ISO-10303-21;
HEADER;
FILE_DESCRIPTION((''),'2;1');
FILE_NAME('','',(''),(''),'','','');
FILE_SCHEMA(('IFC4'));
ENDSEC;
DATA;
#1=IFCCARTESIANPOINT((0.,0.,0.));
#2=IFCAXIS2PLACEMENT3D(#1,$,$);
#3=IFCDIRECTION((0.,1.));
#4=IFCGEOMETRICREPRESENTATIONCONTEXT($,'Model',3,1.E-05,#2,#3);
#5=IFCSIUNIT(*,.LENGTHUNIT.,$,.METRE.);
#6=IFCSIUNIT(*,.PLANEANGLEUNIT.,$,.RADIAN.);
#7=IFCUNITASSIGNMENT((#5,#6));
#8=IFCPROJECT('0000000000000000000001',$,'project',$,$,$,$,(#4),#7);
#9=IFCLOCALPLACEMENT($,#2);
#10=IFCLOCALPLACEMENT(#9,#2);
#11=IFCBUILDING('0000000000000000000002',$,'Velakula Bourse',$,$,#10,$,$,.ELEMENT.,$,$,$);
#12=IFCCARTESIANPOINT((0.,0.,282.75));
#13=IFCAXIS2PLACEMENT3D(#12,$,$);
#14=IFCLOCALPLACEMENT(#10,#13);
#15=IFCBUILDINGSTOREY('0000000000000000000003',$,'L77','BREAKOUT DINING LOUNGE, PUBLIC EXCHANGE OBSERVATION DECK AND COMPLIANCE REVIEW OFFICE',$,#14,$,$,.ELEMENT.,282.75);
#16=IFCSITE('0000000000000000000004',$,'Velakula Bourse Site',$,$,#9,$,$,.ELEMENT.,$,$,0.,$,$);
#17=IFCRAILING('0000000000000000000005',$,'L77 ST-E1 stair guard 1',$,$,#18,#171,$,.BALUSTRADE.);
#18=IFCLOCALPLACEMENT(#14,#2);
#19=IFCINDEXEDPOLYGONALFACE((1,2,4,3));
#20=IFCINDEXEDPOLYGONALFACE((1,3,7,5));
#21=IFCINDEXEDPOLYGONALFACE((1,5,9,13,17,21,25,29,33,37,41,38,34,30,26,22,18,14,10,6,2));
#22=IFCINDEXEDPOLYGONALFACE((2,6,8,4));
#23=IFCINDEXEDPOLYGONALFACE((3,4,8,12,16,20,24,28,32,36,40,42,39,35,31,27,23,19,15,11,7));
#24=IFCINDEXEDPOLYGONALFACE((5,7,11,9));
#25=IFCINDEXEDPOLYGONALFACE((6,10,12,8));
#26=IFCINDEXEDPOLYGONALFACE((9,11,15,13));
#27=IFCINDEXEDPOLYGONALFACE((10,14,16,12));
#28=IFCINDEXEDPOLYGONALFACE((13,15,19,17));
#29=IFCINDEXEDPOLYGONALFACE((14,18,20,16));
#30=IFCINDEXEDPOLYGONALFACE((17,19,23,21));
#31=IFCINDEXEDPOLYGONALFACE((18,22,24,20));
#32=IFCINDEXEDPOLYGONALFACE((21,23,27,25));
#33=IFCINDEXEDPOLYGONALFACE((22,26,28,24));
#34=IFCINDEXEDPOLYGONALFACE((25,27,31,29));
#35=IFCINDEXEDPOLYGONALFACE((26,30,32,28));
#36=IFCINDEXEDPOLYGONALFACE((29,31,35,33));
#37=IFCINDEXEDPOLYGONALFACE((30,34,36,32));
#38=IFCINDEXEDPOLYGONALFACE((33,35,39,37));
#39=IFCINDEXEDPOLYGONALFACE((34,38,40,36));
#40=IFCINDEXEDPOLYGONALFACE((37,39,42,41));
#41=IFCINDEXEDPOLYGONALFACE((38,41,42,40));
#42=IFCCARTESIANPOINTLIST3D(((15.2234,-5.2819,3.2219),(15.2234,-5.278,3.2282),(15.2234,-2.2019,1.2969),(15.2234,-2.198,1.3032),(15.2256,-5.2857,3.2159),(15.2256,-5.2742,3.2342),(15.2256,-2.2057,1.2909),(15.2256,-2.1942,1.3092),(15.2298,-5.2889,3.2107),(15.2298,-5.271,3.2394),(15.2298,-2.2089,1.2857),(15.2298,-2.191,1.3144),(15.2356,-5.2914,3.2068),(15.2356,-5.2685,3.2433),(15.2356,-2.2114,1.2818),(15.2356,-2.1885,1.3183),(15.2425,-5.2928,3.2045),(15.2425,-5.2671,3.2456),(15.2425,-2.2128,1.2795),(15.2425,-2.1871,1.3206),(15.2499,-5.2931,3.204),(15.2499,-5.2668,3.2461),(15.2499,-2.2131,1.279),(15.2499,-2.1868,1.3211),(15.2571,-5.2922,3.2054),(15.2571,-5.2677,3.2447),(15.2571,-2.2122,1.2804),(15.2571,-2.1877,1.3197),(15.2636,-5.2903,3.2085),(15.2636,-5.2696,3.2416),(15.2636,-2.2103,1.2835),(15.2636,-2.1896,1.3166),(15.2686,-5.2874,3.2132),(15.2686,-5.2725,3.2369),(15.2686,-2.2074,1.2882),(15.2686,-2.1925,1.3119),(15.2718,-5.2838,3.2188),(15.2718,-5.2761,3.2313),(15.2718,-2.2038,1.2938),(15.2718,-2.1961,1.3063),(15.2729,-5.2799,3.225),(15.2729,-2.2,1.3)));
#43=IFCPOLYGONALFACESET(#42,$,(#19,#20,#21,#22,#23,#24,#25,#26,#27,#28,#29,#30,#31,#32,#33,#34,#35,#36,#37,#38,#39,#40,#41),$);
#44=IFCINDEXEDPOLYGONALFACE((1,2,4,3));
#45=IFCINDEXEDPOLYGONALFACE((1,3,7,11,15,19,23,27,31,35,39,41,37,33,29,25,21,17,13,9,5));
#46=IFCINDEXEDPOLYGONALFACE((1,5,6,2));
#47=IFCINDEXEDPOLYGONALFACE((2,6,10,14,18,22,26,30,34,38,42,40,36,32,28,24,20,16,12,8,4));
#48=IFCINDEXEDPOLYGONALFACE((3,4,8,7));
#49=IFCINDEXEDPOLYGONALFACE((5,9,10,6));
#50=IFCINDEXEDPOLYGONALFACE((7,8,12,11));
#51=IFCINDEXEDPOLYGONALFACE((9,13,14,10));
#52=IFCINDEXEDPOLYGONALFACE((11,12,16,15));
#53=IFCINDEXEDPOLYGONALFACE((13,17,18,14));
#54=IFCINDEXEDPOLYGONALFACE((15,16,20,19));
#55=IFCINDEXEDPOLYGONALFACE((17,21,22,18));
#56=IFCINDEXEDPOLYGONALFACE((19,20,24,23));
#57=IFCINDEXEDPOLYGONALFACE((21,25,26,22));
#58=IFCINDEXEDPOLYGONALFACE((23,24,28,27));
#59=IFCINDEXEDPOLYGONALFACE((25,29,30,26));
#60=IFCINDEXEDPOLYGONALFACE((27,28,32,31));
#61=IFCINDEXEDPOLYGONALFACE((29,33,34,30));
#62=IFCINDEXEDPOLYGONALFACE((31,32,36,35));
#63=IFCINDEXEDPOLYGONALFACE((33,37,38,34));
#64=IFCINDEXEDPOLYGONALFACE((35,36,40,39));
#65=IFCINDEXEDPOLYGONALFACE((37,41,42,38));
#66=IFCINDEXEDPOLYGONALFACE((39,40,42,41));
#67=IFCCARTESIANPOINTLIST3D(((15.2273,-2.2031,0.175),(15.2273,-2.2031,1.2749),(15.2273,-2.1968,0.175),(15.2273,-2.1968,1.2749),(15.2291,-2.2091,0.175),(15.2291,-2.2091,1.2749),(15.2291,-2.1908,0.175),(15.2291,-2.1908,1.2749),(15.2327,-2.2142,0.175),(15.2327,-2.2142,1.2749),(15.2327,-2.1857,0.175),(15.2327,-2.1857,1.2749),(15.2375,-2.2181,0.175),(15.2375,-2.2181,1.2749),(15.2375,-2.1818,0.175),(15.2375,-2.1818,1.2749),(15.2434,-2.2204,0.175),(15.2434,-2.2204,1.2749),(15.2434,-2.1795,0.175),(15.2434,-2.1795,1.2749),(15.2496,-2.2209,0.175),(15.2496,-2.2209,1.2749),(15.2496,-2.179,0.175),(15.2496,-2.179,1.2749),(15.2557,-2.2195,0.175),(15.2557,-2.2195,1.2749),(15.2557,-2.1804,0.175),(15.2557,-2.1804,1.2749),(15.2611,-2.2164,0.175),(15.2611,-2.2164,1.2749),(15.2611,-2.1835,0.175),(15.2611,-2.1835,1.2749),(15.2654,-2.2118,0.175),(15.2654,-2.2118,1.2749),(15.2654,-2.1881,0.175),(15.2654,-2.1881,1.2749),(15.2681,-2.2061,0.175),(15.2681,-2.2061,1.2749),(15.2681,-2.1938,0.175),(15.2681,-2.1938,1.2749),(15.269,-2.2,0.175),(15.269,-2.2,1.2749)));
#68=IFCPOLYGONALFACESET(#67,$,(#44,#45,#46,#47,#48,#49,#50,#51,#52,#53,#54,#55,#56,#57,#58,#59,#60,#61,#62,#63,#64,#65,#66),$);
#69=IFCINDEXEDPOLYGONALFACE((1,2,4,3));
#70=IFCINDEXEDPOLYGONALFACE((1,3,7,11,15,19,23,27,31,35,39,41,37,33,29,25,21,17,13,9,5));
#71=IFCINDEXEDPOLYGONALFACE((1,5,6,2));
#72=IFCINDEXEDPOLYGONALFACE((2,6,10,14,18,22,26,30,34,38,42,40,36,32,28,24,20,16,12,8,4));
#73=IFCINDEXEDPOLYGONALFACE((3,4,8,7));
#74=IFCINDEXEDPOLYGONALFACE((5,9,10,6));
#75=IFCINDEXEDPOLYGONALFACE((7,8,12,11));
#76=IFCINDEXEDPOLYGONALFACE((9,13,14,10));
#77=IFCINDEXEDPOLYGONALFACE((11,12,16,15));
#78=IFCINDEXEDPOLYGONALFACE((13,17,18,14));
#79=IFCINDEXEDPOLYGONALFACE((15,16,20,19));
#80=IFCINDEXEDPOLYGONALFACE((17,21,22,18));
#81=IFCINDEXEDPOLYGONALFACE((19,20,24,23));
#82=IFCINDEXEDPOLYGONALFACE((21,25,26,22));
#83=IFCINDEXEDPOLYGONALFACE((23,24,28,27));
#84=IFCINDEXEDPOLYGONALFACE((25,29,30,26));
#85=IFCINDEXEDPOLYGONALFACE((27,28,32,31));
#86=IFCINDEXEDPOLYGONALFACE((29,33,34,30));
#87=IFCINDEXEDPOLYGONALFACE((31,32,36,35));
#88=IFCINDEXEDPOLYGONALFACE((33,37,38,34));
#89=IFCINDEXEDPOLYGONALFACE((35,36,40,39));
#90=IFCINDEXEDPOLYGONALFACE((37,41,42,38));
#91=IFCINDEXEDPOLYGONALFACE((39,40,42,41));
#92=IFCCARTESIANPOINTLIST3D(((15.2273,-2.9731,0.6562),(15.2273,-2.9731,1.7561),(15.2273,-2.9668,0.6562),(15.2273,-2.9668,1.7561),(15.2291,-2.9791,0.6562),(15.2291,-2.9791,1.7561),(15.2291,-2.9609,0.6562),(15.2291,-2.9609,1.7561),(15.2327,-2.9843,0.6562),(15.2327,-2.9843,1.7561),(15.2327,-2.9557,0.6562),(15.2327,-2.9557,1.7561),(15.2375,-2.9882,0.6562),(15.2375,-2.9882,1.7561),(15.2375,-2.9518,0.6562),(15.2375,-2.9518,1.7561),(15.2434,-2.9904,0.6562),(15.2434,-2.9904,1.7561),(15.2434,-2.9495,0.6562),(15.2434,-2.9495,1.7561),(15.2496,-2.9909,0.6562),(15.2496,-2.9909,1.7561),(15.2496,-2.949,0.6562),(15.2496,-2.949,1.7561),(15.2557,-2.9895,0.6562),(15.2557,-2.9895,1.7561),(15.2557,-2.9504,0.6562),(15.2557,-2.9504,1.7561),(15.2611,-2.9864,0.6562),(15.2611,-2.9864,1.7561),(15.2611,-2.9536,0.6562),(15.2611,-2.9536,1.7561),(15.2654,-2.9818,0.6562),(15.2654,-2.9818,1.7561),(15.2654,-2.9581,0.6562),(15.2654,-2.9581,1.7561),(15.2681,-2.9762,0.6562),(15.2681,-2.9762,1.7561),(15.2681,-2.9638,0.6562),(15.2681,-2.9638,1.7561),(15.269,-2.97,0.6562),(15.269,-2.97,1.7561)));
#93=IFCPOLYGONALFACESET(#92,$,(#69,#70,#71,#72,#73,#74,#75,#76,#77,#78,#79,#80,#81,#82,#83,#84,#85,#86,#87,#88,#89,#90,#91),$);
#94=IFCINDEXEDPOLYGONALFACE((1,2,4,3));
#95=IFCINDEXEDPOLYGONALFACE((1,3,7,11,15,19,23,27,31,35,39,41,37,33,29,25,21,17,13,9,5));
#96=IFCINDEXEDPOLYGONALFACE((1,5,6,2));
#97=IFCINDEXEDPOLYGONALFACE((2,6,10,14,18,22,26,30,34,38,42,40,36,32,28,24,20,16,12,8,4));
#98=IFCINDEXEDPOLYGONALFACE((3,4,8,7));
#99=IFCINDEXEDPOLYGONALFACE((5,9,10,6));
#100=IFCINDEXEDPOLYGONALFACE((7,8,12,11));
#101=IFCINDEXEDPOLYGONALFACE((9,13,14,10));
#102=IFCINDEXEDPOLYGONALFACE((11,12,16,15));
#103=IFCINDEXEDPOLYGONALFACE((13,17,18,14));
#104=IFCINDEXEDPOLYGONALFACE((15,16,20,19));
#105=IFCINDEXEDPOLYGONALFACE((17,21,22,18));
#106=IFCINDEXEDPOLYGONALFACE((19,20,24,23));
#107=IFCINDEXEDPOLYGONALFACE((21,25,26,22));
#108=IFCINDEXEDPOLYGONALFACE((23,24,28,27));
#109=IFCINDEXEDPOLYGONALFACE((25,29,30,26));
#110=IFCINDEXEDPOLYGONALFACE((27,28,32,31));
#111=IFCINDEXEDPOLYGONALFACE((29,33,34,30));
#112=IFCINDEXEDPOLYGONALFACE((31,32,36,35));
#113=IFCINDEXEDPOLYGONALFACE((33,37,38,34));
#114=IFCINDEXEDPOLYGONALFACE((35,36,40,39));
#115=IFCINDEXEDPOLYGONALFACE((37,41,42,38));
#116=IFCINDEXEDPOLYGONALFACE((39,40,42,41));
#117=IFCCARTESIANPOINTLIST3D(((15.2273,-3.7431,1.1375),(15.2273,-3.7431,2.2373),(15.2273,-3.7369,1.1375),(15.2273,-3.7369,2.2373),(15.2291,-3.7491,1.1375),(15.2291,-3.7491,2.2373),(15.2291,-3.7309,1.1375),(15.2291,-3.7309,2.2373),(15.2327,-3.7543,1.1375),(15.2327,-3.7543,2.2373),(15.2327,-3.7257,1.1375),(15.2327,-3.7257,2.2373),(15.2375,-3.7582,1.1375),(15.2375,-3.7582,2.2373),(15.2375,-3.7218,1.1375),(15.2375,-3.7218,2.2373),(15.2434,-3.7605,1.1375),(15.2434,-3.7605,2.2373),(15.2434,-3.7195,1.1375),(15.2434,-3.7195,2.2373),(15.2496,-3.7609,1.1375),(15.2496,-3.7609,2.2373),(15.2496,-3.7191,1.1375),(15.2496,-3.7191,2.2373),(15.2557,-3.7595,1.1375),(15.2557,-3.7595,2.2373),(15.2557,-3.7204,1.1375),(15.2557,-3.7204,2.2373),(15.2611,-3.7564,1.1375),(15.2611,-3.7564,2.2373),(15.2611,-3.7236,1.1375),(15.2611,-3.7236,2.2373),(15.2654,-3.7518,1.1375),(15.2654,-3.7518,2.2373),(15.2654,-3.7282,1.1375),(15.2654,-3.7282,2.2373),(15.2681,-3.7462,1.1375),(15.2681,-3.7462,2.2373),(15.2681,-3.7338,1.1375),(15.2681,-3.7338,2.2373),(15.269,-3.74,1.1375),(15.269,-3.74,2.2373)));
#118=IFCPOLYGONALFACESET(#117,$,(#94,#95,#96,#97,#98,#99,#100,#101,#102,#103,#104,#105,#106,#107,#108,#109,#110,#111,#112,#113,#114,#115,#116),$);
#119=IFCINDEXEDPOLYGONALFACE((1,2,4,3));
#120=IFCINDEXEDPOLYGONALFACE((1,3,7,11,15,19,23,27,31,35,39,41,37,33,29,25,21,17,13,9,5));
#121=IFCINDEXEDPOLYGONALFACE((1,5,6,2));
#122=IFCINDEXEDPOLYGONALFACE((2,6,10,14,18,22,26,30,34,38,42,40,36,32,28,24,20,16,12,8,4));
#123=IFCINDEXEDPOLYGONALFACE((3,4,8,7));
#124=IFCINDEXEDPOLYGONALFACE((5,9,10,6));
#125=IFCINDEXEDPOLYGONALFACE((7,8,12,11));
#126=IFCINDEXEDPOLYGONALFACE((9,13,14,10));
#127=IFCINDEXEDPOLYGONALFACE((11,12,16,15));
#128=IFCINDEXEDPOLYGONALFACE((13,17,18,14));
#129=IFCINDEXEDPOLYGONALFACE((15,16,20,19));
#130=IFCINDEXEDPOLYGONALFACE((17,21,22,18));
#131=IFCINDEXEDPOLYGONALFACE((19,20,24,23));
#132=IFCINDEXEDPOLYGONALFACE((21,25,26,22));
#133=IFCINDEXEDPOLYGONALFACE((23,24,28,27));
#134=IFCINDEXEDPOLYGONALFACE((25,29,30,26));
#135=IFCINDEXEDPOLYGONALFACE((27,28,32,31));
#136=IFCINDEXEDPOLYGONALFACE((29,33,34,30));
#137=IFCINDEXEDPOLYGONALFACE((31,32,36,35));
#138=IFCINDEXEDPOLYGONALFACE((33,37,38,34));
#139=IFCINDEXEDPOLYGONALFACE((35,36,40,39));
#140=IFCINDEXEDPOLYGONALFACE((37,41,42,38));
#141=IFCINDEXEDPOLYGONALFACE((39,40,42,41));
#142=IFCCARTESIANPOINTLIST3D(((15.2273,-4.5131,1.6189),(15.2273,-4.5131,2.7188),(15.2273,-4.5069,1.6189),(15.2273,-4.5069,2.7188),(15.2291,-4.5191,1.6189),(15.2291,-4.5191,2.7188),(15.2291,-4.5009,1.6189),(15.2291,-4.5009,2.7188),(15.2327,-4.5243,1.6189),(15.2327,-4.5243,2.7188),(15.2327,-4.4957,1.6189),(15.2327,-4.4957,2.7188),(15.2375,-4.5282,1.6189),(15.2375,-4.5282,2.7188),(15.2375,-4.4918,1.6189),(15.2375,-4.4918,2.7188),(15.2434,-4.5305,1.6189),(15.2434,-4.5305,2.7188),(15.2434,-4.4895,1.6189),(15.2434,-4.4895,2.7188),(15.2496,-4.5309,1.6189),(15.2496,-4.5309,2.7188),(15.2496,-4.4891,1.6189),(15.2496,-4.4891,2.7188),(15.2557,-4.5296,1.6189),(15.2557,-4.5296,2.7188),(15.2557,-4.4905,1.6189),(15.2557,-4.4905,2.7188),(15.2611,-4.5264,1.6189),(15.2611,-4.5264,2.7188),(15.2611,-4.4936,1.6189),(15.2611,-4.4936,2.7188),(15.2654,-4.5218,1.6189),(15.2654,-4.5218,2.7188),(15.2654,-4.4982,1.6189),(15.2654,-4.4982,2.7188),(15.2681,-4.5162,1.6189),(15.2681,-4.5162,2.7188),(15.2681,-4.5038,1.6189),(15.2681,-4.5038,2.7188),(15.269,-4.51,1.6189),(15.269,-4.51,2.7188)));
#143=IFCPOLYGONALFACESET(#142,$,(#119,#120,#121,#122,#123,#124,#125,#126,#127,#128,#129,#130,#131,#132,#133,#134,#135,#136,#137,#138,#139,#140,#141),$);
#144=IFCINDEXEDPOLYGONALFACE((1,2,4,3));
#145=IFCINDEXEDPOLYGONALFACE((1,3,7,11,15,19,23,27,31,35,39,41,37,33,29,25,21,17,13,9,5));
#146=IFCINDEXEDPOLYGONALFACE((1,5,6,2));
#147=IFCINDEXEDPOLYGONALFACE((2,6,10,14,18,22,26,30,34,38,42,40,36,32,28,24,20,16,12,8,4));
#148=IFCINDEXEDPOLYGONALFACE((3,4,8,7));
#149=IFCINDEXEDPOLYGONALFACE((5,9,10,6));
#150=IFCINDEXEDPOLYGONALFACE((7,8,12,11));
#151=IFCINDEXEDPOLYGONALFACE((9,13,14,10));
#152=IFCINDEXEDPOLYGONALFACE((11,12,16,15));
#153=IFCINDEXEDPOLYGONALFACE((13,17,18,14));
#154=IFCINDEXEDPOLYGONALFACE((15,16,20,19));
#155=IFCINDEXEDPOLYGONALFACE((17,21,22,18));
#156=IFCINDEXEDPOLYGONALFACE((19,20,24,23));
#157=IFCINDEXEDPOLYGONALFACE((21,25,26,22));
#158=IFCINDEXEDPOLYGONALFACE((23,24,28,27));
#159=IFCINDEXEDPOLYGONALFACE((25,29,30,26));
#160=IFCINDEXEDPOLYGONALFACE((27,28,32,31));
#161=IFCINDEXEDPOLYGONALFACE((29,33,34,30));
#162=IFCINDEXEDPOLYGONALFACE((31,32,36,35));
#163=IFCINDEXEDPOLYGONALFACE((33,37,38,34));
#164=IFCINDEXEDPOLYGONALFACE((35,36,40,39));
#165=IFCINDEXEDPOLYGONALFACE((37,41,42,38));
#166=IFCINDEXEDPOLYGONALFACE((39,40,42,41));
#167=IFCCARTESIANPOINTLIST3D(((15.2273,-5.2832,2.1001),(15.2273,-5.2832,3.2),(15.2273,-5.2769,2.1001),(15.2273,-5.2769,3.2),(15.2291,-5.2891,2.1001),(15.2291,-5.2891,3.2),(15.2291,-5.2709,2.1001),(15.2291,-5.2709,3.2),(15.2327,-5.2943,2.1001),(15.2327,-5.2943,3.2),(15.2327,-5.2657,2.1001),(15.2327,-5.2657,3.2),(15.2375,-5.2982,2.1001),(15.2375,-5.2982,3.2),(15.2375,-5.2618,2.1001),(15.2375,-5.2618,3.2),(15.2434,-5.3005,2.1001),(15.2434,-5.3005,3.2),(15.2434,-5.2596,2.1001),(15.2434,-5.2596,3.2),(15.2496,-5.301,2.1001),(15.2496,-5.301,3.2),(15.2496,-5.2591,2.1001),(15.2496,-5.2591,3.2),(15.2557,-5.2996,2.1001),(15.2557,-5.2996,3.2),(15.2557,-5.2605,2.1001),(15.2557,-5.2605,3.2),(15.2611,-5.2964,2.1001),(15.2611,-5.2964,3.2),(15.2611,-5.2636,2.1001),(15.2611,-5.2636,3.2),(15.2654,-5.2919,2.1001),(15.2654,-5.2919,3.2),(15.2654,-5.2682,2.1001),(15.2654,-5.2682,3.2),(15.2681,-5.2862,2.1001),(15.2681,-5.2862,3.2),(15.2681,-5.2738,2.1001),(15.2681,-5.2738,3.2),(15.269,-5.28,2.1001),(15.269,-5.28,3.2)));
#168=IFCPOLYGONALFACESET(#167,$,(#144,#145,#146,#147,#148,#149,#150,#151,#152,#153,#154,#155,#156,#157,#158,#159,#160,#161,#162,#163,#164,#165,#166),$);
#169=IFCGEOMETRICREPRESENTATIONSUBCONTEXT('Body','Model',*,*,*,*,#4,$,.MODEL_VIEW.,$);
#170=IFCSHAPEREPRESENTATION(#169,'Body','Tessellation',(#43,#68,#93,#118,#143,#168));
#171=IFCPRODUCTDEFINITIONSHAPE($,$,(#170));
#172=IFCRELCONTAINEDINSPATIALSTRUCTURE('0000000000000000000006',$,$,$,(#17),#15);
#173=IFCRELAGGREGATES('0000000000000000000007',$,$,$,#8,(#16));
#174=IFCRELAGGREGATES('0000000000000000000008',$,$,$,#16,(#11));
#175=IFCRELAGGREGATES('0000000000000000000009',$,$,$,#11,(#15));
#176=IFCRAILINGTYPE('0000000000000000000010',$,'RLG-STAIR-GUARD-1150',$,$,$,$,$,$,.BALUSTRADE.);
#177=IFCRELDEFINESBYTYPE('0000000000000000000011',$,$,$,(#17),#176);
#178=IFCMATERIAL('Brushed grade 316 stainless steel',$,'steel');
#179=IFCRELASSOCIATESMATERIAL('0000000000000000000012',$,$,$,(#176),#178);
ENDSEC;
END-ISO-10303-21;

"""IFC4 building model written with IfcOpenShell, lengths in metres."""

from ifc_helpers import new_model, si_unit, direction, frame, origin, origin_2d, place, context, subcontext, project, spatial, circle, extrude, material, type_object, element, save


model = new_model("IFC4")

# Units and contexts
model_context = context("Model", 3, precision=1e-05, world=origin(), true_north=direction((0.0, 1.0)))
body_context = subcontext(model_context, "Body", "Model", "MODEL_VIEW")
ifc_project = project(units=[si_unit("LENGTHUNIT", "METRE"), si_unit("PLANEANGLEUNIT", "RADIAN")], contexts=[model_context])

# Site, building, storey
site_placement = place(None, origin())
site = spatial("IfcSite", under=ifc_project, at=site_placement, Name="Velakula Bourse Site", CompositionType="ELEMENT", RefElevation=0.0)
building_placement = place(site_placement, origin())
building = spatial("IfcBuilding", under=site, at=building_placement, Name="Velakula Bourse", CompositionType="ELEMENT")
storey_placement = place(building_placement, frame((0.0, 0.0, 282.75)))
storey = spatial("IfcBuildingStorey", under=building, at=storey_placement, Name="L77", Description="BREAKOUT DINING LOUNGE, PUBLIC EXCHANGE OBSERVATION DECK AND COMPLIANCE REVIEW OFFICE", CompositionType="ELEMENT", Elevation=282.75)

# Shared definitions
ifc_material_1 = material(Name="Brushed grade 316 stainless steel", Category="steel")

# Railing
railing_type_1 = type_object("IfcRailingType", Name="RLG-STAIR-GUARD-1150", PredefinedType="BALUSTRADE", material=ifc_material_1)
railing_1_placement = place(storey_placement, frame((15.248, -2.2, 0.175)))
element("IfcRailing", 1, at=railing_1_placement, inside=storey, type_object=railing_type_1, Name="L77 ST-E1 stair guard 1", PredefinedType="BALUSTRADE", context=body_context, shape_type="SweptSolid", body=[
    extrude(circle(Radius=0.0249, at=origin_2d()), frame((0.0, 0.0, 1.125), z_axis=(0.0, -0.847998, 0.529999), x_axis=(1.0, 0.0, 0.0)), (0.0, 0.0, 1.0), 3.6321),
    extrude(circle(Radius=0.021, at=origin_2d()), origin(), (0.0, 0.0, 1.0), 1.0999),
    extrude(circle(Radius=0.021, at=origin_2d()), frame((0.0, -0.77, 0.4812)), (0.0, 0.0, 1.0), 1.0999),
    extrude(circle(Radius=0.021, at=origin_2d()), frame((0.0, -1.54, 0.9624)), (0.0, 0.0, 1.0), 1.0999),
    extrude(circle(Radius=0.021, at=origin_2d()), frame((0.0, -2.3101, 1.4438)), (0.0, 0.0, 1.0), 1.0999),
    extrude(circle(Radius=0.021, at=origin_2d()), frame((0.0, -3.0801, 1.925)), (0.0, 0.0, 1.0), 1.0999),
])

save(model, "model.ifc")
